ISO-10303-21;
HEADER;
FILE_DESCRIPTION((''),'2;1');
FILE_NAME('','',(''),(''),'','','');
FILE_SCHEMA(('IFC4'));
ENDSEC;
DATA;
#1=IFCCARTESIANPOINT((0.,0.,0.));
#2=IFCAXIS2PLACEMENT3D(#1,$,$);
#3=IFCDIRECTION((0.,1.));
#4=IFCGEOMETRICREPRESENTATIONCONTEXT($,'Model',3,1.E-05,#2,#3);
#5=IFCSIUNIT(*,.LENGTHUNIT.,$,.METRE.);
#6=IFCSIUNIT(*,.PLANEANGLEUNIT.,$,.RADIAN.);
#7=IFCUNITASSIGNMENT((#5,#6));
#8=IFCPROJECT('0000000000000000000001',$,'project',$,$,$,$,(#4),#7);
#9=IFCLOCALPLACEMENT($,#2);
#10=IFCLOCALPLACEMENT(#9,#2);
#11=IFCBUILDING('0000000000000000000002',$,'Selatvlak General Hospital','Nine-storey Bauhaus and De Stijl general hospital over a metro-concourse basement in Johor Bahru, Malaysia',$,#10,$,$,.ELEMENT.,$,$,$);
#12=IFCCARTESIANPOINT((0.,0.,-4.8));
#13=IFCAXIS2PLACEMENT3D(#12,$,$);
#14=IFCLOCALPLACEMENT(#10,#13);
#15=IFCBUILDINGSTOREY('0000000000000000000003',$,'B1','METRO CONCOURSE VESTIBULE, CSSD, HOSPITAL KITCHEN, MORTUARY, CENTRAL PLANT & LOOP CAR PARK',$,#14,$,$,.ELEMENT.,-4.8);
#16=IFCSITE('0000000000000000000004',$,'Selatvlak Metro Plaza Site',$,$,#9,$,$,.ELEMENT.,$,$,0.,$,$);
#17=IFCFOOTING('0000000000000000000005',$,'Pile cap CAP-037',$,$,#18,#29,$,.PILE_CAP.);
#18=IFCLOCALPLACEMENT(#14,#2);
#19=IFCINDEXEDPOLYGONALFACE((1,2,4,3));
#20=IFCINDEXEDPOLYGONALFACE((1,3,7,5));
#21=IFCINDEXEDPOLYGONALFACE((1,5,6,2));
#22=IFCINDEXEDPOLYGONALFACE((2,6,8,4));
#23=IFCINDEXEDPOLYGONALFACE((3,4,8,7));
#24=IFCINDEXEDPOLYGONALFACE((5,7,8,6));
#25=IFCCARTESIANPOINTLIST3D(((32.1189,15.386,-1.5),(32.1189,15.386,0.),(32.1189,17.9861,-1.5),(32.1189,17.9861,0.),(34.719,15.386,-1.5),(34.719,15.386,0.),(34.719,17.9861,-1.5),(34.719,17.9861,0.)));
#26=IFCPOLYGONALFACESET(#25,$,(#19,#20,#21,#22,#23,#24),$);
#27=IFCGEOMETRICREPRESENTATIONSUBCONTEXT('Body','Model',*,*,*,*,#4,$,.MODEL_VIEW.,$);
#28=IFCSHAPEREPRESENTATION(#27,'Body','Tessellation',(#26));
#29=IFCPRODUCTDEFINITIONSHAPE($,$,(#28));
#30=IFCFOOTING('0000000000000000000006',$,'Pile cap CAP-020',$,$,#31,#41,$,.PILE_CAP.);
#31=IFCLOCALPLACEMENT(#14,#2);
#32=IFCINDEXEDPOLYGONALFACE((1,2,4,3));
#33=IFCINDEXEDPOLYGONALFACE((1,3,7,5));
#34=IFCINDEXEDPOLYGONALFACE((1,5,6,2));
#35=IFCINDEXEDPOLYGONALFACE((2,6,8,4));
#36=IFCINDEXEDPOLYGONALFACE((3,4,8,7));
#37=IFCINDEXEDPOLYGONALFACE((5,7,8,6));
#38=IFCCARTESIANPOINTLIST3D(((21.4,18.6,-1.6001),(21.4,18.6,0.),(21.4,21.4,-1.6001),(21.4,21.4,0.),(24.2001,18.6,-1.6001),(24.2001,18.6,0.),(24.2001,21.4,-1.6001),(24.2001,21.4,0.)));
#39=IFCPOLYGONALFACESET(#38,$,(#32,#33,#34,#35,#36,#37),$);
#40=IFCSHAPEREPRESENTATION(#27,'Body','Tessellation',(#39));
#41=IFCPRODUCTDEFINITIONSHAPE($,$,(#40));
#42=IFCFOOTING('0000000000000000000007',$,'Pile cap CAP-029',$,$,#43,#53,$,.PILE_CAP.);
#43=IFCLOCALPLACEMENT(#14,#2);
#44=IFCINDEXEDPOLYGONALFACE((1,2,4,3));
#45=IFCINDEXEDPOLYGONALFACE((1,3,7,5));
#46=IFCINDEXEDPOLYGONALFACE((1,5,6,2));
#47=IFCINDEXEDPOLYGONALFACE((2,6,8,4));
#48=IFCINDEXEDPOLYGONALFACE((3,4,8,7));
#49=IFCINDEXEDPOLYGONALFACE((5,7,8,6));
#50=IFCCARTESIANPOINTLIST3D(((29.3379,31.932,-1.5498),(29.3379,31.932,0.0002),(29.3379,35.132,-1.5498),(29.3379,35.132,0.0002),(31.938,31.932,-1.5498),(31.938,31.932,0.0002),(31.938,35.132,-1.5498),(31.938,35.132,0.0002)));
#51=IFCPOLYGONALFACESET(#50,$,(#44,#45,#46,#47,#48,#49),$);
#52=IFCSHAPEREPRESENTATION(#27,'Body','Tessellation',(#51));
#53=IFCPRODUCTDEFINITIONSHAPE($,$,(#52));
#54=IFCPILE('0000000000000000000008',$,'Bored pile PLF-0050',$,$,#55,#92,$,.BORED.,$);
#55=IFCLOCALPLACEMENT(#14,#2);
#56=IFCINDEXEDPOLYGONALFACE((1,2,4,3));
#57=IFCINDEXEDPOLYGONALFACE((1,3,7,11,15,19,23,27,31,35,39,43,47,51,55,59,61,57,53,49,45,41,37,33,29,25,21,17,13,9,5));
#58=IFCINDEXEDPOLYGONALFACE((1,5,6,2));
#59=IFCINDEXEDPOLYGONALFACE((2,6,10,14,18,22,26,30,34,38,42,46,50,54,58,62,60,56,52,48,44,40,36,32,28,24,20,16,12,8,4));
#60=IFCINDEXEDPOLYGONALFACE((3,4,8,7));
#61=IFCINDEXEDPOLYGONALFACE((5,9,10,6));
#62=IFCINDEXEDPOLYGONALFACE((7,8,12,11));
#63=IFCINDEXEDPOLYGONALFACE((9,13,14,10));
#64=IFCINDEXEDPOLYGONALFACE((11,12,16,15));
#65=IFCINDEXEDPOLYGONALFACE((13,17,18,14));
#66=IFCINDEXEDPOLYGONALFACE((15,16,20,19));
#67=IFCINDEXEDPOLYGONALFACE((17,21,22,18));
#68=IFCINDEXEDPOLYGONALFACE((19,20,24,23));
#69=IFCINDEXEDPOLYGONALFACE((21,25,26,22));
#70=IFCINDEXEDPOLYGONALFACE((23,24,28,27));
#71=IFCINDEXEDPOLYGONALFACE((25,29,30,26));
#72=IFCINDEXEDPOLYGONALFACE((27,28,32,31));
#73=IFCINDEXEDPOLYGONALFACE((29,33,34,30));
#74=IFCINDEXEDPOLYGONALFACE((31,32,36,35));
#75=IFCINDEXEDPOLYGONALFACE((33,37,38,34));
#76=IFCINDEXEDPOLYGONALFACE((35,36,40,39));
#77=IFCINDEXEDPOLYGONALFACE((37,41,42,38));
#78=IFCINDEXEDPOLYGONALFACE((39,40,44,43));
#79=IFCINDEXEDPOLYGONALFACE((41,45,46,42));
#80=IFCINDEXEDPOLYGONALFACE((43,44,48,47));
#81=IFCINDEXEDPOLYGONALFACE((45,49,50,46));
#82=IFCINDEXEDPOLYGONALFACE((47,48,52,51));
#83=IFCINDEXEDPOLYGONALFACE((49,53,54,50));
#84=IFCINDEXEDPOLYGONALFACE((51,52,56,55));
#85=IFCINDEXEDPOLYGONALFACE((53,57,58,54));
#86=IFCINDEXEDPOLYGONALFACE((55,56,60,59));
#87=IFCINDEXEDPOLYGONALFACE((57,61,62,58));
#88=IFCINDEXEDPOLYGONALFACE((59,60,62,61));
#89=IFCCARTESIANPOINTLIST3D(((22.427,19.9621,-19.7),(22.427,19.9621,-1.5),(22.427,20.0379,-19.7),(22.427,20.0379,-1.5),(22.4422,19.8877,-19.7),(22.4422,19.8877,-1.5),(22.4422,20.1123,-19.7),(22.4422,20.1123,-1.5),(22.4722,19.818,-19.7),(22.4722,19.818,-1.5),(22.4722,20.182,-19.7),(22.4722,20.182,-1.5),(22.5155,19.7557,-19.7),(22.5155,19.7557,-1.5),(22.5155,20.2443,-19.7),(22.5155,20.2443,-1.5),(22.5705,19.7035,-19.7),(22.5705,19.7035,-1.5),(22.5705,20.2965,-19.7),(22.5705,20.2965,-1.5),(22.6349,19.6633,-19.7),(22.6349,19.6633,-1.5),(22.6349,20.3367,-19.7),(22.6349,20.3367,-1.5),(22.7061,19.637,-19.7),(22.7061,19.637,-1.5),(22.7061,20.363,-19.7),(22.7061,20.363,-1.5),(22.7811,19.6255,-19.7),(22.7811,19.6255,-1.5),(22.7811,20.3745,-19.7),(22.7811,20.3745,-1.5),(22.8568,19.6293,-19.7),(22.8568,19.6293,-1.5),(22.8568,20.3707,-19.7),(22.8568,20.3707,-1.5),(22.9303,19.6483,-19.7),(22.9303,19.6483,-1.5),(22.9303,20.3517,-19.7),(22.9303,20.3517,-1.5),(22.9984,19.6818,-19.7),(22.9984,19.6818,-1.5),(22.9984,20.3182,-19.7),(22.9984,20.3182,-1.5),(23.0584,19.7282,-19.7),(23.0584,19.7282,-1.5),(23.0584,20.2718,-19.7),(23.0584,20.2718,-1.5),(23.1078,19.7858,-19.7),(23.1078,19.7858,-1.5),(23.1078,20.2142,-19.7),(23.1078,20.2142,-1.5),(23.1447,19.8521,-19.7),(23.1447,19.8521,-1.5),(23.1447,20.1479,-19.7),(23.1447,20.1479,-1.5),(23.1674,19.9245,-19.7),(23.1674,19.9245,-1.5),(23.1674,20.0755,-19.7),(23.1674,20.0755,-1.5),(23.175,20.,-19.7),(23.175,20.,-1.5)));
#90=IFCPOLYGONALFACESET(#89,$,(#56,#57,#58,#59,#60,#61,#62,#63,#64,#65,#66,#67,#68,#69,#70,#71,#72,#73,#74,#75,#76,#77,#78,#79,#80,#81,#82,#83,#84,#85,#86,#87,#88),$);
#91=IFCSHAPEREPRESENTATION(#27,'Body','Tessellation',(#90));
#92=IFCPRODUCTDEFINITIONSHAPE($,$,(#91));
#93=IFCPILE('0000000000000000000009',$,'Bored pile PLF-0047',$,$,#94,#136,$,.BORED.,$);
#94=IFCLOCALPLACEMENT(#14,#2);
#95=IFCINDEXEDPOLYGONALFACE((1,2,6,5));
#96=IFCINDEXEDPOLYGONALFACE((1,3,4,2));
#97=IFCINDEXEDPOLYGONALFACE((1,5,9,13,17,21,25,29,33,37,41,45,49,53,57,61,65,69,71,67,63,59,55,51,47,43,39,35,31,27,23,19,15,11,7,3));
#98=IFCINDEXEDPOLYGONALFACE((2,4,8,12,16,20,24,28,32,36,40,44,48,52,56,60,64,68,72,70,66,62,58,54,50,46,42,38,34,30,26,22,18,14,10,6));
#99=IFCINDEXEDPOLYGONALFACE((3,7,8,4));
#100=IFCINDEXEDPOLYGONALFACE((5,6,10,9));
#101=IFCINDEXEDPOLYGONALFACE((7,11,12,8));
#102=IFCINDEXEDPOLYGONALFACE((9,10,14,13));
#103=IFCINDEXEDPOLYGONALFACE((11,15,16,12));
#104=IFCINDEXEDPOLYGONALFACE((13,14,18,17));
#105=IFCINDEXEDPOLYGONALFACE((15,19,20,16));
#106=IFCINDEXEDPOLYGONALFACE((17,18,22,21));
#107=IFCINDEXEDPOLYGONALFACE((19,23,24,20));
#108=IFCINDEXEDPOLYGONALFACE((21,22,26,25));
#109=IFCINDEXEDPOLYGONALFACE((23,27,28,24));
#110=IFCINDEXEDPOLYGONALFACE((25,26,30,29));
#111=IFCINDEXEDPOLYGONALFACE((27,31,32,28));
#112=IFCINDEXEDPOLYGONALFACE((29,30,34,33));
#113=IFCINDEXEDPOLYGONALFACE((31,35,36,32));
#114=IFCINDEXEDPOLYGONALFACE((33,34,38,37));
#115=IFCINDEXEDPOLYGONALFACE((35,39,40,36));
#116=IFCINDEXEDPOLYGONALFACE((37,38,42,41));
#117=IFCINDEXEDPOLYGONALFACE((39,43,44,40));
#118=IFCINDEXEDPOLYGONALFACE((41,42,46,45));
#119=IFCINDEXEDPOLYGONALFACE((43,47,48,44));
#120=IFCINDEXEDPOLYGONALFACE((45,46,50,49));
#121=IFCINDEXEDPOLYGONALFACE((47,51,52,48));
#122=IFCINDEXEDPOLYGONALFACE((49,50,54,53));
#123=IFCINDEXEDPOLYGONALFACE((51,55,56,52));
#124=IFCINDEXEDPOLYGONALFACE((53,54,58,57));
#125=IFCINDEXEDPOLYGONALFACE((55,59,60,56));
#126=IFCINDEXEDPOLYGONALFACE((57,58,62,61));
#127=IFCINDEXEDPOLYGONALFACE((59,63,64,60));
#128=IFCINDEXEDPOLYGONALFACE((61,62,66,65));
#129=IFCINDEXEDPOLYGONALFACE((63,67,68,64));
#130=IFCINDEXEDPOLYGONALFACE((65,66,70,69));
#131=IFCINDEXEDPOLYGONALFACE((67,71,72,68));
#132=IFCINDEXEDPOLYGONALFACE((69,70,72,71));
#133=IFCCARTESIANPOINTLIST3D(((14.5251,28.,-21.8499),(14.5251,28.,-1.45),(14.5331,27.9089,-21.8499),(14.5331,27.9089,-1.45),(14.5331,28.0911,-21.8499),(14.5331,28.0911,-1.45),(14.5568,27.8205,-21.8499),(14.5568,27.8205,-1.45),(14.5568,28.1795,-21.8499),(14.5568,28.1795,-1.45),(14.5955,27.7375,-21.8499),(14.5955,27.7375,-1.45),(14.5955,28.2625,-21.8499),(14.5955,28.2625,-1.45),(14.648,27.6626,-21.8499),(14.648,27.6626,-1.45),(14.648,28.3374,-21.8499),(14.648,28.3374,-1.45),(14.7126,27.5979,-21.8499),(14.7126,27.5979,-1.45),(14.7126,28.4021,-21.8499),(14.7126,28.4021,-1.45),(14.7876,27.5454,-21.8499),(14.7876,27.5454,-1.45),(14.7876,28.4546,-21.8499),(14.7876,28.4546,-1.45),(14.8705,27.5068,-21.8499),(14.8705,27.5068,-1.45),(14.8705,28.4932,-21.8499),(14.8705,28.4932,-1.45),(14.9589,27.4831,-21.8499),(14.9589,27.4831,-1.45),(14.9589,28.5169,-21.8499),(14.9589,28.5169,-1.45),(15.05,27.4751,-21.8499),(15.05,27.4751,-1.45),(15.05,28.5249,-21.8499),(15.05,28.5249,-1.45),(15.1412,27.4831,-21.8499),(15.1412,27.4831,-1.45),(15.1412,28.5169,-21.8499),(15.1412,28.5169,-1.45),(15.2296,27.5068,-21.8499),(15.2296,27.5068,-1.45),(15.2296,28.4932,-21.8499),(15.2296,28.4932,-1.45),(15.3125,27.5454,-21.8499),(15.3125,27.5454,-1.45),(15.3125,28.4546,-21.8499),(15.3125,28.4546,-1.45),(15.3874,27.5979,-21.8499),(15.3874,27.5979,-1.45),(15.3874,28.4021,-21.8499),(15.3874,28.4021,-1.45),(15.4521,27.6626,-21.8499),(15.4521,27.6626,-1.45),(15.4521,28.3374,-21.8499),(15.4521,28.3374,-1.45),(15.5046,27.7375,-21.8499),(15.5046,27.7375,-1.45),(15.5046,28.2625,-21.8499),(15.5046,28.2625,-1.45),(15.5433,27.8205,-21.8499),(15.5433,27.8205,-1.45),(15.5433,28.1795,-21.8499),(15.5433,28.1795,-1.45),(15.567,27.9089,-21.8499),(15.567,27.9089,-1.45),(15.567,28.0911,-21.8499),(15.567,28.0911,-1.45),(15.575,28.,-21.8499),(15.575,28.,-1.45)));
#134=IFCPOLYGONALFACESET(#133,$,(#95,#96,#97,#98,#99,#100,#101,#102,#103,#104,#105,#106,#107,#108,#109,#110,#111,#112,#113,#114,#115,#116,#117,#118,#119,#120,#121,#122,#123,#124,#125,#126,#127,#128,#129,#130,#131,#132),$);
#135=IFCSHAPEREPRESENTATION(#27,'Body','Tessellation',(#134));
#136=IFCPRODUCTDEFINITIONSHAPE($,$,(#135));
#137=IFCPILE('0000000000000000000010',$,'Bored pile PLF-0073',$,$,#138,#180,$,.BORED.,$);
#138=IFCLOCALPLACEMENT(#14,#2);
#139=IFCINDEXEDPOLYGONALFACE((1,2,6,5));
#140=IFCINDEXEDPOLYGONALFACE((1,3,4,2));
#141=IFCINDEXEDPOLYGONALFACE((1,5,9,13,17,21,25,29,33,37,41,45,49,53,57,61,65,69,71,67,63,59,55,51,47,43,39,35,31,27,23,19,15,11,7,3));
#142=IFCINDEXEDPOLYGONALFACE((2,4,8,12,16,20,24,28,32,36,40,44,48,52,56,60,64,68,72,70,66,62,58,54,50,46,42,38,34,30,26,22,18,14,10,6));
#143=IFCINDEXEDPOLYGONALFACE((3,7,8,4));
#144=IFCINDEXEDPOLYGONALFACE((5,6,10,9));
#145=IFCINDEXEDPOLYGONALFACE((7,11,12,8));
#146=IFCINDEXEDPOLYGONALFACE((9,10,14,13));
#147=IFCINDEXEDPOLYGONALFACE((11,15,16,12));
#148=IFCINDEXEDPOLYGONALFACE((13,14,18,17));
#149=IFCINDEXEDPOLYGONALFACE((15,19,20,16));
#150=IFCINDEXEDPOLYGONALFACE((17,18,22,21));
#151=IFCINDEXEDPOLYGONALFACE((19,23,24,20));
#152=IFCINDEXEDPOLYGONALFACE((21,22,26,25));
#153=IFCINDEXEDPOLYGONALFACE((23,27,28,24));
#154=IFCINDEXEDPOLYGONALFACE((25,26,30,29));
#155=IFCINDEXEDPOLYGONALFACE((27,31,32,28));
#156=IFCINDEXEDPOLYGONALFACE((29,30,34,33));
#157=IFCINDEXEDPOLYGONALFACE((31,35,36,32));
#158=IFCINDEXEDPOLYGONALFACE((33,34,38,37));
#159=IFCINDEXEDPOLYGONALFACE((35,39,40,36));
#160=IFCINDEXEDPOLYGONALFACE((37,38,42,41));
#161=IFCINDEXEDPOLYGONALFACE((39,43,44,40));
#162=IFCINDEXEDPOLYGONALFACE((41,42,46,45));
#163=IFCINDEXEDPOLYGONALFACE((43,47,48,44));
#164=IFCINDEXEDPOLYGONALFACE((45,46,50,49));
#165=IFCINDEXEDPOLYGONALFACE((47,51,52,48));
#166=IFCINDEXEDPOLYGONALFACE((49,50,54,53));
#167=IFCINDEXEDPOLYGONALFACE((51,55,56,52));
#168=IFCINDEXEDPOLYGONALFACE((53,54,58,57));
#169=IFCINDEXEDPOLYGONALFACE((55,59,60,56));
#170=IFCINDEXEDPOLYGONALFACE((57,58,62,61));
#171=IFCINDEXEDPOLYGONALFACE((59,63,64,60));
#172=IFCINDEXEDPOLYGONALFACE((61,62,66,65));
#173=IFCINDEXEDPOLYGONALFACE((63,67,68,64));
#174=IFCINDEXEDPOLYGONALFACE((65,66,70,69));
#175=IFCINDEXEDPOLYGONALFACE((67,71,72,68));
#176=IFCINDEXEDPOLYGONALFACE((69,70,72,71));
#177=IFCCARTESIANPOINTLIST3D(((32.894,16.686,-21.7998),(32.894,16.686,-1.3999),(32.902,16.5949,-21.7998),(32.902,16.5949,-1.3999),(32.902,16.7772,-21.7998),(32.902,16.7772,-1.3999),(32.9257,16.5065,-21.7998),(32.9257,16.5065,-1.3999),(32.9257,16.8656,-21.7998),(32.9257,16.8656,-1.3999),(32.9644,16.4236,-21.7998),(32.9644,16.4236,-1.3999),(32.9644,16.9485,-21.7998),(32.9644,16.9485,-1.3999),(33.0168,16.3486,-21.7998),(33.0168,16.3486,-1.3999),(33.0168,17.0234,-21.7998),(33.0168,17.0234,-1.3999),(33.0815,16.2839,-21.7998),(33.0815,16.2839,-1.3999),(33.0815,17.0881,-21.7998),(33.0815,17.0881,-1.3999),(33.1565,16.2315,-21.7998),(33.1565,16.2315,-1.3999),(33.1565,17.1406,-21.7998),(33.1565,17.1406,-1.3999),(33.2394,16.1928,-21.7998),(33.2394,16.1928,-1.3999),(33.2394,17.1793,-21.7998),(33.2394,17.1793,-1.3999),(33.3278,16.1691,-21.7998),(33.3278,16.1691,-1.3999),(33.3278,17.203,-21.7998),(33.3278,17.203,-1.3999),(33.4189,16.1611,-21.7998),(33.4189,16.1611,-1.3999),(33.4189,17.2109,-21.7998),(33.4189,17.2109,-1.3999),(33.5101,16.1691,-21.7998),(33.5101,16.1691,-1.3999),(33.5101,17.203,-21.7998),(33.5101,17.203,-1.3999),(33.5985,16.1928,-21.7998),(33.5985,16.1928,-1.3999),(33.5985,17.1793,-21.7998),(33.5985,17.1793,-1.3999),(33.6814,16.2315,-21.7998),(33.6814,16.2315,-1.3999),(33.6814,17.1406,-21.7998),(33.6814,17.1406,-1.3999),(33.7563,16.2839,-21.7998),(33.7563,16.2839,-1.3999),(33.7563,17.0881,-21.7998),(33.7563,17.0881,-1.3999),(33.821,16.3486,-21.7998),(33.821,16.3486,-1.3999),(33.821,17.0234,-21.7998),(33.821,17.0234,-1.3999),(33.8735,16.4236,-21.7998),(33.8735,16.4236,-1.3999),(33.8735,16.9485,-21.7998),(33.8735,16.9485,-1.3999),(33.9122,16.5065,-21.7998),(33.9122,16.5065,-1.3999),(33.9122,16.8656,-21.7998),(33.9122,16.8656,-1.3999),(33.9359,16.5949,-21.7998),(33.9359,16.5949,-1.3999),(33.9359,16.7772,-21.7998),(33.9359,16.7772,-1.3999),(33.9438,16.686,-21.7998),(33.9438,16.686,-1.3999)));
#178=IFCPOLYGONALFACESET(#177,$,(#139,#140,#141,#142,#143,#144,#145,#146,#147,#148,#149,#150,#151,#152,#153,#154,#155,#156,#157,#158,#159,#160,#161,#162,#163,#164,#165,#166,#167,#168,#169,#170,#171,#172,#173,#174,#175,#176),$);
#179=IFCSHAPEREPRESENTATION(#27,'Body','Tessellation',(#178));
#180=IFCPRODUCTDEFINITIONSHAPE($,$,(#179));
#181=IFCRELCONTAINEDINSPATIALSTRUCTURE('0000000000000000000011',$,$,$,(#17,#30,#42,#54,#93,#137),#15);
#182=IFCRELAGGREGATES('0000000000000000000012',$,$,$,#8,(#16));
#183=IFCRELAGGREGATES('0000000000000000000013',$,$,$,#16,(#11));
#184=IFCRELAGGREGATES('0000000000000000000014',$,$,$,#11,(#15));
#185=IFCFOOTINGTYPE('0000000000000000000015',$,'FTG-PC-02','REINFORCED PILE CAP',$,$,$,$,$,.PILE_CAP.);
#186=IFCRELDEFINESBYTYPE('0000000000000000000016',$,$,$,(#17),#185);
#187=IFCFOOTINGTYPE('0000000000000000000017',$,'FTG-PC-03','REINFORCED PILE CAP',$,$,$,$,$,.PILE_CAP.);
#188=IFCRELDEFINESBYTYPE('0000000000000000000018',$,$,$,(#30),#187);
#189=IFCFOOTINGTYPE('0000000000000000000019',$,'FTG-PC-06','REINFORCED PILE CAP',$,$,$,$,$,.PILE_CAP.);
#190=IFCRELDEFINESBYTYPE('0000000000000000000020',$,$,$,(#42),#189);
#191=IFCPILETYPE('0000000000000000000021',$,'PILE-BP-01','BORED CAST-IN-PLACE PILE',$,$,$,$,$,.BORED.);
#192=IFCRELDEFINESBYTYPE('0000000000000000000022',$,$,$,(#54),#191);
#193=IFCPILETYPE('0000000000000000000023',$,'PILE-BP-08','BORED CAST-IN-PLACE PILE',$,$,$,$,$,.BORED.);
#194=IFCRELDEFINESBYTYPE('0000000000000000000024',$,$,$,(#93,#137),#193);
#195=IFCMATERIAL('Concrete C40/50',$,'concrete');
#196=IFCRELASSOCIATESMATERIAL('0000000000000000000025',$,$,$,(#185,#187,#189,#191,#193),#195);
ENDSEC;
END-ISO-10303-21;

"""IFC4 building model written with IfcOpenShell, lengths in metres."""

from ifc_helpers import new_model, si_unit, direction, frame, origin, origin_2d, place, context, subcontext, project, spatial, rectangle, circle, extrude, material, material_profile, profile_set, type_object, element, save


model = new_model("IFC4")

# Units and contexts
model_context = context("Model", 3, precision=1e-05, world=origin(), true_north=direction((0.0, 1.0)))
body_context = subcontext(model_context, "Body", "Model", "MODEL_VIEW")
ifc_project = project(units=[si_unit("LENGTHUNIT", "METRE"), si_unit("PLANEANGLEUNIT", "RADIAN")], contexts=[model_context])

# Site, building, storey
site_placement = place(None, origin())
site = spatial("IfcSite", under=ifc_project, at=site_placement, Name="Selatvlak Metro Plaza Site", CompositionType="ELEMENT", RefElevation=0.0)
building_placement = place(site_placement, origin())
building = spatial("IfcBuilding", under=site, at=building_placement, Name="Selatvlak General Hospital", Description="Nine-storey Bauhaus and De Stijl general hospital over a metro-concourse basement in Johor Bahru, Malaysia", CompositionType="ELEMENT")
storey_placement = place(building_placement, frame((0.0, 0.0, -4.8)))
storey = spatial("IfcBuildingStorey", under=building, at=storey_placement, Name="B1", Description="METRO CONCOURSE VESTIBULE, CSSD, HOSPITAL KITCHEN, MORTUARY, CENTRAL PLANT & LOOP CAR PARK", CompositionType="ELEMENT", Elevation=-4.8)

# Footings
ifc_material_1 = material(Name="Concrete C40/50", Category="concrete")
footing_type_1 = type_object("IfcFootingType", Name="FTG-PC-02", Description="REINFORCED PILE CAP", PredefinedType="PILE_CAP", material=ifc_material_1)
footing_1_placement = place(storey_placement, frame((33.4189, 16.686, -1.5), z_axis=(0.0, 0.0, 1.0), x_axis=(1.0, 0.0, 0.0)))
element("IfcFooting", 1, at=footing_1_placement, inside=storey, type_object=footing_type_1, Name="Pile cap CAP-037", PredefinedType="PILE_CAP", context=body_context, shape_type="SweptSolid", body=[
    extrude(rectangle(XDim=2.6001, YDim=2.6001, at=origin_2d()), origin(), (0.0, 0.0, 1.0), 1.5),
])
footing_type_2 = type_object("IfcFootingType", Name="FTG-PC-03", Description="REINFORCED PILE CAP", PredefinedType="PILE_CAP", material=ifc_material_1)
footing_2_placement = place(storey_placement, frame((22.8, 20.0, -1.6001), z_axis=(0.0, 0.0, 1.0), x_axis=(1.0, 0.0, 0.0)))
element("IfcFooting", 2, at=footing_2_placement, inside=storey, type_object=footing_type_2, Name="Pile cap CAP-020", PredefinedType="PILE_CAP", context=body_context, shape_type="SweptSolid", body=[
    extrude(rectangle(XDim=2.8, YDim=2.8, at=origin_2d()), origin(), (0.0, 0.0, 1.0), 1.6001),
])
footing_type_3 = type_object("IfcFootingType", Name="FTG-PC-06", Description="REINFORCED PILE CAP", PredefinedType="PILE_CAP", material=ifc_material_1)
footing_3_placement = place(storey_placement, frame((30.6379, 33.532, -1.5498), z_axis=(0.0, 0.0, 1.0), x_axis=(1.0, 0.0, 0.0)))
element("IfcFooting", 3, at=footing_3_placement, inside=storey, type_object=footing_type_3, Name="Pile cap CAP-029", PredefinedType="PILE_CAP", context=body_context, shape_type="SweptSolid", body=[
    extrude(rectangle(XDim=2.6001, YDim=3.2, at=origin_2d()), origin(), (0.0, 0.0, 1.0), 1.55),
])

# Piles
ifc_material_profile_1 = material_profile(ifc_material_1, circle(Radius=0.375, at=origin_2d()), Name="BORED PILE 750")
ifc_profile_set_1 = profile_set([ifc_material_profile_1], Name="Concrete C40/50")
pile_type_1 = type_object("IfcPileType", Name="PILE-BP-01", Description="BORED CAST-IN-PLACE PILE", PredefinedType="BORED", material=ifc_profile_set_1)
pile_1_placement = place(storey_placement, frame((22.8, 20.0, -1.5), z_axis=(0.0, 0.0, -1.0), x_axis=(1.0, 0.0, 0.0)))
element("IfcPile", 4, at=pile_1_placement, inside=storey, type_object=pile_type_1, Name="Bored pile PLF-0050", PredefinedType="BORED", context=body_context, shape_type="SweptSolid", body=[
    extrude(circle(Radius=0.375, at=origin_2d()), origin(), (0.0, 0.0, 1.0), 18.2),
])
ifc_material_profile_2 = material_profile(ifc_material_1, circle(Radius=0.5249, at=origin_2d()), Name="BORED PILE 1050")
ifc_profile_set_2 = profile_set([ifc_material_profile_2], Name="Concrete C40/50")
pile_type_2 = type_object("IfcPileType", Name="PILE-BP-08", Description="BORED CAST-IN-PLACE PILE", PredefinedType="BORED", material=ifc_profile_set_2)
for number, where, z_axis, x_axis, name in (
    (5, (15.05, 28.0, -1.45), (0.0, 0.0, -1.0), (1.0, 0.0, 0.0), "Bored pile PLF-0047"),
    (6, (33.4189, 16.686, -1.3999), (0.0, 0.0, -1.0), (1.0, 0.0, 0.0), "Bored pile PLF-0073"),
):
    element("IfcPile", number, at=place(storey_placement, frame(where, z_axis=z_axis, x_axis=x_axis)), inside=storey, type_object=pile_type_2, Name=name, PredefinedType="BORED", context=body_context, shape_type="SweptSolid", body=[
        extrude(circle(Radius=0.5249, at=origin_2d()), origin(), (0.0, 0.0, 1.0), 20.3999),
    ])

save(model, "model.ifc")
